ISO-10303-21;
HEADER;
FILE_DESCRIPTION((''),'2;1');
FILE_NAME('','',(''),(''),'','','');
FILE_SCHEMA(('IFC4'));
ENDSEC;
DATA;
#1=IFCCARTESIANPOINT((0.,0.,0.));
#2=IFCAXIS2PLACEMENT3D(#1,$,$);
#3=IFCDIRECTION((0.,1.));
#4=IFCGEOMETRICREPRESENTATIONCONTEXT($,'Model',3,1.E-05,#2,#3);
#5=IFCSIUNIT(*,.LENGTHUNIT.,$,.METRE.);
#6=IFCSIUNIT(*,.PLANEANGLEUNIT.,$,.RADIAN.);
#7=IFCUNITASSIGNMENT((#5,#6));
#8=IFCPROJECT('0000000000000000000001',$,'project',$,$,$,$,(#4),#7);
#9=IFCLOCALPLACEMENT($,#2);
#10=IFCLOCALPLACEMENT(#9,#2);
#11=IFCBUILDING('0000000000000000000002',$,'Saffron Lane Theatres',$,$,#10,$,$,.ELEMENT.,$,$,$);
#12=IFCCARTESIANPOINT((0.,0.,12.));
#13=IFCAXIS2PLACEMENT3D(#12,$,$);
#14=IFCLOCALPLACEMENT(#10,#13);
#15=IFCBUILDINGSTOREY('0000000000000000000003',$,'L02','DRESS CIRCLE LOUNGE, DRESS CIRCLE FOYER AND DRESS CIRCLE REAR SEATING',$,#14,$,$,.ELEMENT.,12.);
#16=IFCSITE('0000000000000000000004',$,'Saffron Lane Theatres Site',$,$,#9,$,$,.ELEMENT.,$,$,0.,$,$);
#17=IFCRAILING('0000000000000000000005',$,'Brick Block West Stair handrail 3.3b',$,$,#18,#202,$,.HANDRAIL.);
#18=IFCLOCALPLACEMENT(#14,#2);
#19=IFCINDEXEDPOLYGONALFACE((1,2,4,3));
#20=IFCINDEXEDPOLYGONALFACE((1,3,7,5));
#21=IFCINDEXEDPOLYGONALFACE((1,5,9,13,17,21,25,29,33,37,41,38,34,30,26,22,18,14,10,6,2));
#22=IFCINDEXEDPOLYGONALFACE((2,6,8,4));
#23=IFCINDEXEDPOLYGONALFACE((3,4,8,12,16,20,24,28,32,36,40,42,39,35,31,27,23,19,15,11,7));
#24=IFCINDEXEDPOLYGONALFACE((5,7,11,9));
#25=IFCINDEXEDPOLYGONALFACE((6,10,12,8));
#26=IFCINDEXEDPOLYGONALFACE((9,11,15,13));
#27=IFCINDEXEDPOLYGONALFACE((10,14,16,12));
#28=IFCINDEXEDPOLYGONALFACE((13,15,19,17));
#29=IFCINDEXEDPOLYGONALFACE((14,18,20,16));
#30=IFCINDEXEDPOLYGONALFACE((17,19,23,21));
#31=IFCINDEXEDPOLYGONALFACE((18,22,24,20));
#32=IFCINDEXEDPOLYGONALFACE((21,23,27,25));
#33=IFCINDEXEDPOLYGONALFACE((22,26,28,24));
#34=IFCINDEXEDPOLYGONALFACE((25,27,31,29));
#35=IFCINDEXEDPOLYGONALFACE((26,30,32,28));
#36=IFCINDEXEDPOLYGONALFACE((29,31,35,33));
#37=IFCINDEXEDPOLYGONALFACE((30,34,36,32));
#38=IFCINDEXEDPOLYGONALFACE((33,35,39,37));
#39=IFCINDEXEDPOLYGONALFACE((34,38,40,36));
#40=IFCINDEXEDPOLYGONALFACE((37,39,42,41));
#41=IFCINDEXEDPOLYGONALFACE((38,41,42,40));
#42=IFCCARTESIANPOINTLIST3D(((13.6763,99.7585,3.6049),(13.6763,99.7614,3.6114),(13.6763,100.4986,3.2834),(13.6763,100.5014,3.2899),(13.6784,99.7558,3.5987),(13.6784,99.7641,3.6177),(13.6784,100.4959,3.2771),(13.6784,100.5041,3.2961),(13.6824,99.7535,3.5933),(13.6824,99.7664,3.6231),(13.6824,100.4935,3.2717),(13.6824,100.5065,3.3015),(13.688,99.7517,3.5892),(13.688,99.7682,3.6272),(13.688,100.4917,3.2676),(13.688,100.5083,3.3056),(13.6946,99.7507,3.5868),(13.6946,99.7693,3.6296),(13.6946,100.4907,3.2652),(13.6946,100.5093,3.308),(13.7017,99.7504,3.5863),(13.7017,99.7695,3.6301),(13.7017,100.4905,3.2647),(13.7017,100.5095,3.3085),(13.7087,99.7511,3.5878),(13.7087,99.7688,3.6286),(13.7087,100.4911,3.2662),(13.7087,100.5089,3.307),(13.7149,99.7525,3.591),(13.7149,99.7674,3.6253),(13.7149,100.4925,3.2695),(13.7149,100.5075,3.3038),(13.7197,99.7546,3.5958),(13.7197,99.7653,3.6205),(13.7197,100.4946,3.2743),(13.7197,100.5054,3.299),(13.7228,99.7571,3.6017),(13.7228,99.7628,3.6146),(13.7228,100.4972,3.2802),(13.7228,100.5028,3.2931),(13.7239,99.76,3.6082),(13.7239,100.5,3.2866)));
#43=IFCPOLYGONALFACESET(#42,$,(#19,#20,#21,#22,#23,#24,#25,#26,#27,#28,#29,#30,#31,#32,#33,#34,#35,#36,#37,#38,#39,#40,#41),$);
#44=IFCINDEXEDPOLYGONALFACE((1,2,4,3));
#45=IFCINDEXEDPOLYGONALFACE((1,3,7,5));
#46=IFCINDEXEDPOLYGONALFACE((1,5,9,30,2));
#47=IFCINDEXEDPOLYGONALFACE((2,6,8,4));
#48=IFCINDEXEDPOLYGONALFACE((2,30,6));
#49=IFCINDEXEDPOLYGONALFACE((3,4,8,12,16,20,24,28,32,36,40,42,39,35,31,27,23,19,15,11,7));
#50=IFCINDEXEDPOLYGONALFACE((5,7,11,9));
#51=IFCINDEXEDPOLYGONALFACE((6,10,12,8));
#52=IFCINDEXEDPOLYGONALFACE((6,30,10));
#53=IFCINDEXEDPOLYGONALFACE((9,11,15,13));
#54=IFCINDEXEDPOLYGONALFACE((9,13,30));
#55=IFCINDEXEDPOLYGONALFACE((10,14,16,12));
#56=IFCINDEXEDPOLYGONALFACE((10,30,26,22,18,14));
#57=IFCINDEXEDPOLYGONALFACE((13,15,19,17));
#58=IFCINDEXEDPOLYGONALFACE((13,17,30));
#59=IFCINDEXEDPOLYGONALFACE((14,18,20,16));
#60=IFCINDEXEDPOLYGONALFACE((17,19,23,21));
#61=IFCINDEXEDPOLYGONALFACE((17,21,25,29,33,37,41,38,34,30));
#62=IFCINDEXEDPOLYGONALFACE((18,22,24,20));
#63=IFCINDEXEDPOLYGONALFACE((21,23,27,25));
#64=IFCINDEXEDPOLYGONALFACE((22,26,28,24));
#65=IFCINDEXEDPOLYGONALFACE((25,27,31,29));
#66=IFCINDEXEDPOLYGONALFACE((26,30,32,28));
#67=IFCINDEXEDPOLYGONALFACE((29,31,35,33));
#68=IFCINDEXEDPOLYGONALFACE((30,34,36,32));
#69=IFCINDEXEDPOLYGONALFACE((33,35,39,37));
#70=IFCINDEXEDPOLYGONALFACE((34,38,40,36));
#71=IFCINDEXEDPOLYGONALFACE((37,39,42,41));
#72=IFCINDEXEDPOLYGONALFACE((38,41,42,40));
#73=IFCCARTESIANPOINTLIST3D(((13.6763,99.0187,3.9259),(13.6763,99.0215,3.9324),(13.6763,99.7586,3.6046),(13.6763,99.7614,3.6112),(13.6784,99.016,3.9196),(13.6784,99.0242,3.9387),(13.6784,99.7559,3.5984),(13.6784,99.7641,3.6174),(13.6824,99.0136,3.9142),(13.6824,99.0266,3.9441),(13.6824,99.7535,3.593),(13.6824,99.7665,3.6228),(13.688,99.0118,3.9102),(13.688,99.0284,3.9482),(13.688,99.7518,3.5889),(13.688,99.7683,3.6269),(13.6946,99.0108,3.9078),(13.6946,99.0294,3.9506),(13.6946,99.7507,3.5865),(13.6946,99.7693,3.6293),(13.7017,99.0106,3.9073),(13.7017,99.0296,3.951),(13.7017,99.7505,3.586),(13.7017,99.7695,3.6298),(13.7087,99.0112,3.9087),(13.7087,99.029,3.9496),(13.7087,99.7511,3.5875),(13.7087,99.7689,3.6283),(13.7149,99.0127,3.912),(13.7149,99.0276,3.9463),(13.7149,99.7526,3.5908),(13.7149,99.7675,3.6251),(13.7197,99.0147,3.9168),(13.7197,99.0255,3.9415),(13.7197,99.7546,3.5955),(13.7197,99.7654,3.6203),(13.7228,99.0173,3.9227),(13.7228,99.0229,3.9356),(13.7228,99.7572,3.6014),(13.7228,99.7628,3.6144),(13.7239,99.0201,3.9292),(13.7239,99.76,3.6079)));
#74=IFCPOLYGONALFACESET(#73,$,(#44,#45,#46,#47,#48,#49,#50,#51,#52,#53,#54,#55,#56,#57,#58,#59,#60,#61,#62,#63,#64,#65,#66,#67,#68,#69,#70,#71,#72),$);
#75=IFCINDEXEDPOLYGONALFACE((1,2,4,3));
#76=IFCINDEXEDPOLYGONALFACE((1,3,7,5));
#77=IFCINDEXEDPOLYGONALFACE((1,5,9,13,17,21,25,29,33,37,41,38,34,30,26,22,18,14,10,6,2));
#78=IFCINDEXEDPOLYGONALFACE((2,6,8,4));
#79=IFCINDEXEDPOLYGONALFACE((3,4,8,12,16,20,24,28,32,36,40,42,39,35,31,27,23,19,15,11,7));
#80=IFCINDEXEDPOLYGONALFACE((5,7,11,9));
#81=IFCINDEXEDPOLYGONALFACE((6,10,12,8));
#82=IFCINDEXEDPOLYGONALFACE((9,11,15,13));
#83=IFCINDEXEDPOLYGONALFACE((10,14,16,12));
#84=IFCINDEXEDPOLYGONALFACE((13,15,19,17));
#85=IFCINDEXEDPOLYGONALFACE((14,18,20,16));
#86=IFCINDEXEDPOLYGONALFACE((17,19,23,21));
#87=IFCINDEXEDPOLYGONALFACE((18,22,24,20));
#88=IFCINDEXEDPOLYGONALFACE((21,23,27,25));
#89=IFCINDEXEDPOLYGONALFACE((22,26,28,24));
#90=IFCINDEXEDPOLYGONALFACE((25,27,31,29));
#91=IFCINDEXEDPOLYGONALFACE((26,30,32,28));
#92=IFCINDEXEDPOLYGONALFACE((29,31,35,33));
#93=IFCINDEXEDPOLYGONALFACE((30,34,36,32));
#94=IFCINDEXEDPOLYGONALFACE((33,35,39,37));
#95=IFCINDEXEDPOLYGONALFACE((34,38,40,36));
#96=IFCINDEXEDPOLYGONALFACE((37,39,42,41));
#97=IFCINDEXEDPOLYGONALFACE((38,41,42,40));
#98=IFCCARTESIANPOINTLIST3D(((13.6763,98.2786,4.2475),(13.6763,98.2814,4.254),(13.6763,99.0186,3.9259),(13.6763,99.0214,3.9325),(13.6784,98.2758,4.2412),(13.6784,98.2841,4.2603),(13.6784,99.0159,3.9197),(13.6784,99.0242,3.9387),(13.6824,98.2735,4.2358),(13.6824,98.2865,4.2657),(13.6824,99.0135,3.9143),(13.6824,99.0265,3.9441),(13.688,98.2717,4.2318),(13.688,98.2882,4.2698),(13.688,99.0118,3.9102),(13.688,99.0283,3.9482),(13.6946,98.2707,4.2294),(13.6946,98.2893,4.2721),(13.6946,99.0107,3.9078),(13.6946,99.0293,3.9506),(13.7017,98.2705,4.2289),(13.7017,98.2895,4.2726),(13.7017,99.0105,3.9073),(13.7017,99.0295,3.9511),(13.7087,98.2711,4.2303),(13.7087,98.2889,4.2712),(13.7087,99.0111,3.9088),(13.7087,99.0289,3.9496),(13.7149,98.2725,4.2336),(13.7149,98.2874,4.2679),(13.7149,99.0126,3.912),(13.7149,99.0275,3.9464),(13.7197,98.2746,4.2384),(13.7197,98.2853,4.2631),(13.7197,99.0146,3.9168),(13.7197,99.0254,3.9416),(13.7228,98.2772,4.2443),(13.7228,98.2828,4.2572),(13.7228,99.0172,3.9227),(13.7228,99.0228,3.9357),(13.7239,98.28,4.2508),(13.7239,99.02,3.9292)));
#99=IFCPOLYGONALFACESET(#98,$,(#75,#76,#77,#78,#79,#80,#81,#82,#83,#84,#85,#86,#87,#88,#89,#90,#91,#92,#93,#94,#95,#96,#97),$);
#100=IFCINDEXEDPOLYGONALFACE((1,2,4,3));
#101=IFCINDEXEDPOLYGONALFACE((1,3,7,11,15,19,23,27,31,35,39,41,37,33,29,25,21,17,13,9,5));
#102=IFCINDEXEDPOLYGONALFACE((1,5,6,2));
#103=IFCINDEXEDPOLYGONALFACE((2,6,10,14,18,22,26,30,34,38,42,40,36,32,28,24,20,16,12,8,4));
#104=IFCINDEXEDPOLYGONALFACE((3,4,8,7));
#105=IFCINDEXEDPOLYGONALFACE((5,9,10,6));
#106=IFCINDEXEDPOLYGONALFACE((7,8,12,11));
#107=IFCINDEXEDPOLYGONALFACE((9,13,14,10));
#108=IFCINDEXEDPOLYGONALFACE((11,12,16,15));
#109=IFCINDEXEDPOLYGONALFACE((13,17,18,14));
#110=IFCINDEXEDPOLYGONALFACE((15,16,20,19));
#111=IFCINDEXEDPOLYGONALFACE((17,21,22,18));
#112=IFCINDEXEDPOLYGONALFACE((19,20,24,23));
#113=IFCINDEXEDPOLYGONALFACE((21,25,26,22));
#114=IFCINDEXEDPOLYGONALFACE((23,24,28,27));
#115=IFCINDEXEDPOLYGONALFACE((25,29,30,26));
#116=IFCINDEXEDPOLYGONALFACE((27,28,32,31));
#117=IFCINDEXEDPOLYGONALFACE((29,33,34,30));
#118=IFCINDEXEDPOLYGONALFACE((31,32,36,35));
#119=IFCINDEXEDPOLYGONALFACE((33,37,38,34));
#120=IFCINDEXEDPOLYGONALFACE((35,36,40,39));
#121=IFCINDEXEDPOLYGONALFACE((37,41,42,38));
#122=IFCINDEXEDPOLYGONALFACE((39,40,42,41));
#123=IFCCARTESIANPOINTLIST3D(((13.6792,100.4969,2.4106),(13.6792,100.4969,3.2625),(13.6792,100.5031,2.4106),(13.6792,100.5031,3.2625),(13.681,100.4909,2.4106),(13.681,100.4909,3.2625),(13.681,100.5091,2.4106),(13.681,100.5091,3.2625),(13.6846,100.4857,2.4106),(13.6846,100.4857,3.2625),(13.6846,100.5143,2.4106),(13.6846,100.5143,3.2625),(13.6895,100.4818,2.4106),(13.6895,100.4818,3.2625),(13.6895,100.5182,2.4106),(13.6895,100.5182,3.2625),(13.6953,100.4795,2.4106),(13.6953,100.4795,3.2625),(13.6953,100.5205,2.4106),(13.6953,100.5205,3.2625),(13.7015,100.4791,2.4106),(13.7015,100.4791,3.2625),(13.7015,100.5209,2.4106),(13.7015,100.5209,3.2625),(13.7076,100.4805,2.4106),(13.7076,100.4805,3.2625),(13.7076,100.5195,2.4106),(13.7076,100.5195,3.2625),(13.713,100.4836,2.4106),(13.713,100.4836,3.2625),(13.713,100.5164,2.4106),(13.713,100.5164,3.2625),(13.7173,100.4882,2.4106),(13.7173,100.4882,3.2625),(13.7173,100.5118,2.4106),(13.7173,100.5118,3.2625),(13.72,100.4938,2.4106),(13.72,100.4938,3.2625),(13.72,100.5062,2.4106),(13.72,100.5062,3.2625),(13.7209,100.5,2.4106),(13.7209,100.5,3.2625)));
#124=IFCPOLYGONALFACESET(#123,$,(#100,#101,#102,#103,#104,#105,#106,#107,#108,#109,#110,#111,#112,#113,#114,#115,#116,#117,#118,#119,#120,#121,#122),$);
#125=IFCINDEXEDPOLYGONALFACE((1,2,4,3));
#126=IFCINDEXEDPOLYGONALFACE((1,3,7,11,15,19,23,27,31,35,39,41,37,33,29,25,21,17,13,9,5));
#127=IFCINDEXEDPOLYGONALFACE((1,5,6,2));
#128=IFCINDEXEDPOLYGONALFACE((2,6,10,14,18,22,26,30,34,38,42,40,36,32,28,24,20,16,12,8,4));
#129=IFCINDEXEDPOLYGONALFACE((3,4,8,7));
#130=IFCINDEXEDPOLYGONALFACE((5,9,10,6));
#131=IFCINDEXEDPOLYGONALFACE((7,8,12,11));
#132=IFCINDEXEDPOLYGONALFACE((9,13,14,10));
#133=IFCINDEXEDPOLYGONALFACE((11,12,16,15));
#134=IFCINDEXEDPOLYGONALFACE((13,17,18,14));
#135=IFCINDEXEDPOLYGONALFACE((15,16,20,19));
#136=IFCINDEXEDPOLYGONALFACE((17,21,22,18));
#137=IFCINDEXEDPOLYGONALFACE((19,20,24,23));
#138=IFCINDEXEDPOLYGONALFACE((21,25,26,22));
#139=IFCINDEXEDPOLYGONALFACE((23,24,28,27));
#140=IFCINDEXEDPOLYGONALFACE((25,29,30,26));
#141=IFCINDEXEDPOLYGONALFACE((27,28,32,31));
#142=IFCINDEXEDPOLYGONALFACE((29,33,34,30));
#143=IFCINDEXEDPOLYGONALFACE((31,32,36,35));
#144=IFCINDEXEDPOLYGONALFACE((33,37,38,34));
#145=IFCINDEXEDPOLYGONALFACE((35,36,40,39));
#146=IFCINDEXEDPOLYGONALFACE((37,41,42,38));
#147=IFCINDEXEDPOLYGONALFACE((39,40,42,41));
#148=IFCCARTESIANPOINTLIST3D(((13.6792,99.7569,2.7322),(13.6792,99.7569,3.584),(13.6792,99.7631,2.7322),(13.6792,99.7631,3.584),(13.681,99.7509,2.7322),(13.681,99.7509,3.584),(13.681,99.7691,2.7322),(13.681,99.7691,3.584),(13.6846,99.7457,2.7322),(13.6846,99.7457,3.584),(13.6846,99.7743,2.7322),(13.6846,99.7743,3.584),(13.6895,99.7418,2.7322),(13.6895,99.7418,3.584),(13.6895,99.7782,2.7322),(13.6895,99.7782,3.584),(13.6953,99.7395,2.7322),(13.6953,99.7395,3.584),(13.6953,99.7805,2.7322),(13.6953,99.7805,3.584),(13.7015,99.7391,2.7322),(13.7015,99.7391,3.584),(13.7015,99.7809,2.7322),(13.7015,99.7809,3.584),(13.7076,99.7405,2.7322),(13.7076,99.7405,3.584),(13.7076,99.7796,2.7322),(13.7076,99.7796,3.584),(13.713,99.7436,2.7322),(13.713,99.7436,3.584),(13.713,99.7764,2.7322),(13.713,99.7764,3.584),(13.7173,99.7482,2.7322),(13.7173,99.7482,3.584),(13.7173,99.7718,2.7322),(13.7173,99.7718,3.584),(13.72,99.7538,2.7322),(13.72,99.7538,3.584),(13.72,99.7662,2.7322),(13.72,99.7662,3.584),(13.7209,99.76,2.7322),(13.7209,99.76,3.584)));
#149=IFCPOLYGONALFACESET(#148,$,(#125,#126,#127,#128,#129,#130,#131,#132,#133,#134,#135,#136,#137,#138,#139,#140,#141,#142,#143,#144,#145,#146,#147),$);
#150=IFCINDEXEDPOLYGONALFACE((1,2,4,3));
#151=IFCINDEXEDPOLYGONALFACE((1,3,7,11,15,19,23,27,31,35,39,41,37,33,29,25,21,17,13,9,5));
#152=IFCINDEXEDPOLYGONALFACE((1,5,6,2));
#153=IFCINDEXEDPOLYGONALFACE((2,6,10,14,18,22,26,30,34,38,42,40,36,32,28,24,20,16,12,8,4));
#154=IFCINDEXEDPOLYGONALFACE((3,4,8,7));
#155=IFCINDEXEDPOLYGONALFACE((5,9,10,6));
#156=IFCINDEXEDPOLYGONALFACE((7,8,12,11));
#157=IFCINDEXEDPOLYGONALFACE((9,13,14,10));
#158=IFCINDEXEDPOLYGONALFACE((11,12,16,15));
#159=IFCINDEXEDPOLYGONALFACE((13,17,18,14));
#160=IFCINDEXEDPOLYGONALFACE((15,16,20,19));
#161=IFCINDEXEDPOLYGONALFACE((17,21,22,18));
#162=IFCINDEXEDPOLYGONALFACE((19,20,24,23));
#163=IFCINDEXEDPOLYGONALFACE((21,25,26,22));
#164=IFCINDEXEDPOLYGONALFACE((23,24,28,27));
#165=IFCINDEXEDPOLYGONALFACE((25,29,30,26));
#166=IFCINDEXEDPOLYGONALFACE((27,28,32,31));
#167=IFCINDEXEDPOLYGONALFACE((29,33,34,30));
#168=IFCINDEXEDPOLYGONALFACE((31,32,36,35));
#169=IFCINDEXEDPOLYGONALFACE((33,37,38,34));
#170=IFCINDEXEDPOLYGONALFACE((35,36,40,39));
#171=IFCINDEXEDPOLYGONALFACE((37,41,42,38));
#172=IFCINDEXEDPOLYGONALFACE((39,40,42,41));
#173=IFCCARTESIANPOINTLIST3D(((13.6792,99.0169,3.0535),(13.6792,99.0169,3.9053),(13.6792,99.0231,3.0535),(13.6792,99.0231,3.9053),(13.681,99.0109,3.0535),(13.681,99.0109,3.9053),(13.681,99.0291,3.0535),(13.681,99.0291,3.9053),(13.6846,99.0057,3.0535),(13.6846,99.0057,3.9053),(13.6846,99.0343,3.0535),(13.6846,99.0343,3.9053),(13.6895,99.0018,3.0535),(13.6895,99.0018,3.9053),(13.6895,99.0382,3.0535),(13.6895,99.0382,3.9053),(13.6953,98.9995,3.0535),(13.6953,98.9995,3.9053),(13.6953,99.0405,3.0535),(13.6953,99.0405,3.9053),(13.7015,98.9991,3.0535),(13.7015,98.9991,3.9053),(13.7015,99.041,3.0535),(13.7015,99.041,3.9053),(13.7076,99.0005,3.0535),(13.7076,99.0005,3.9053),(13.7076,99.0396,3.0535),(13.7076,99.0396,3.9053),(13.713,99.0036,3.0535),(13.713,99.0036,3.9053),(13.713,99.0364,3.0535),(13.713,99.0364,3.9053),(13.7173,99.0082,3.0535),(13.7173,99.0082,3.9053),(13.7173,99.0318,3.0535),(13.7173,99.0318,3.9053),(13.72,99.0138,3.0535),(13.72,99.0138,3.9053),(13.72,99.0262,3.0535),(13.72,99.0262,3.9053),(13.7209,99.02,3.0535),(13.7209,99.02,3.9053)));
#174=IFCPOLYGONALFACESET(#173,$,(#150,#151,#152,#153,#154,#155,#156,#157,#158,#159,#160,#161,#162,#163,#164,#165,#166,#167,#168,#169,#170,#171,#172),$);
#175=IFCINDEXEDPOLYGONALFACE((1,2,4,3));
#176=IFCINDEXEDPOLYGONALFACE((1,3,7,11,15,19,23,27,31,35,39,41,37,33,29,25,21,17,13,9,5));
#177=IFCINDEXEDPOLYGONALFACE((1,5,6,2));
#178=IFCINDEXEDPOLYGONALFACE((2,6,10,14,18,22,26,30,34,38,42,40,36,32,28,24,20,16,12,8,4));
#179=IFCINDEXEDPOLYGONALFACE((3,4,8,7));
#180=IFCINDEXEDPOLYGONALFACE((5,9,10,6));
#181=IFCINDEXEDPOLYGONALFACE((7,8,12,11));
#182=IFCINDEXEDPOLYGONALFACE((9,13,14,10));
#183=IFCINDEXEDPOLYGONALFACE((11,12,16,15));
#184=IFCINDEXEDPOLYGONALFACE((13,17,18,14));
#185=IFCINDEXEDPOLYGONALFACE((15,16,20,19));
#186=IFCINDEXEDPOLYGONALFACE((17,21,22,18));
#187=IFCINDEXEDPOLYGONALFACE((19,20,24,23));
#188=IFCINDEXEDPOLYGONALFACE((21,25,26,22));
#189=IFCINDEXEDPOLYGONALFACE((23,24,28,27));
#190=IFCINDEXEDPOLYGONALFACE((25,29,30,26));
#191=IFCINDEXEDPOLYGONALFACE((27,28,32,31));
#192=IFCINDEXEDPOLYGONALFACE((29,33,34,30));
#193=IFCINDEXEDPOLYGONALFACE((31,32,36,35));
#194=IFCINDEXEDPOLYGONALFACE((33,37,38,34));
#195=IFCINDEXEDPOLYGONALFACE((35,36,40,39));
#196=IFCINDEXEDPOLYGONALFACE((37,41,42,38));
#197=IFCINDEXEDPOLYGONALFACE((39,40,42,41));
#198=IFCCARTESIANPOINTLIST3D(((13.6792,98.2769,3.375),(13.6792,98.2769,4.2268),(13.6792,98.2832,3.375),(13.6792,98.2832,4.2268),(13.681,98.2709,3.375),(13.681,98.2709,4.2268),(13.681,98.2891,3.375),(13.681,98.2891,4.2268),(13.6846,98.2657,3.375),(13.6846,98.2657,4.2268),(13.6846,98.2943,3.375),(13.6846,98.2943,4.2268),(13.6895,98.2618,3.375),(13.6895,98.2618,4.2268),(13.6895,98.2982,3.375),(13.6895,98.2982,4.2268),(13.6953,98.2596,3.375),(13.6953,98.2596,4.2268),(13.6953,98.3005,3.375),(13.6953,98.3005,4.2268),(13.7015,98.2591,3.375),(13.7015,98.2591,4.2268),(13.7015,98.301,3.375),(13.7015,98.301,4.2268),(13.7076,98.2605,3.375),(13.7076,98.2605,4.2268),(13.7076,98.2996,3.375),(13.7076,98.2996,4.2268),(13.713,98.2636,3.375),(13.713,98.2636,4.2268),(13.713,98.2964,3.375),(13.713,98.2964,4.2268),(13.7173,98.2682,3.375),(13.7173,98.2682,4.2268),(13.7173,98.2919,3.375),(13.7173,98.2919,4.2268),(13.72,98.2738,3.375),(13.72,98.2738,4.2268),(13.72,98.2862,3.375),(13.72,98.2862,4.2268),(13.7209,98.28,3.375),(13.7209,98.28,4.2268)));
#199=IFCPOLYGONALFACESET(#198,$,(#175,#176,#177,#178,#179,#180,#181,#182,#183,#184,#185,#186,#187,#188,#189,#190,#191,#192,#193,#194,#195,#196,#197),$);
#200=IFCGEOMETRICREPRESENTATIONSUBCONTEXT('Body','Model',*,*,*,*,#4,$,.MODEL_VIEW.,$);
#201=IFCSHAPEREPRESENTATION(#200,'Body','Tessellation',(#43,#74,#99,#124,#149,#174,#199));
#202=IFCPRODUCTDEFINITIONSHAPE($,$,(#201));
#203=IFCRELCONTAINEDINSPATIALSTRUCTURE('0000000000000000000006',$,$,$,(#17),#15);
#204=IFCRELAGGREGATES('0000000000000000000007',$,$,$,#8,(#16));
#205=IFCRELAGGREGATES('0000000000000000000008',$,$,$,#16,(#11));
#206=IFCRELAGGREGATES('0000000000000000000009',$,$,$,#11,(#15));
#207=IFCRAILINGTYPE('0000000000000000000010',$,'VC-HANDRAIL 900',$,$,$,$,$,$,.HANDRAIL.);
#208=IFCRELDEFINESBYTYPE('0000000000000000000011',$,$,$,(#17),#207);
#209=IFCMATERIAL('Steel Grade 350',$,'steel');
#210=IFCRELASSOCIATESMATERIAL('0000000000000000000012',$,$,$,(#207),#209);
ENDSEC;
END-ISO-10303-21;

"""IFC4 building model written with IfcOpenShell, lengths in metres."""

from ifc_helpers import new_model, si_unit, direction, frame, origin, origin_2d, place, context, subcontext, project, spatial, circle, extrude, material, type_object, element, save


model = new_model("IFC4")

# Units and contexts
model_context = context("Model", 3, precision=1e-05, world=origin(), true_north=direction((0.0, 1.0)))
body_context = subcontext(model_context, "Body", "Model", "MODEL_VIEW")
ifc_project = project(units=[si_unit("LENGTHUNIT", "METRE"), si_unit("PLANEANGLEUNIT", "RADIAN")], contexts=[model_context])

# Site, building, storey
site_placement = place(None, origin())
site = spatial("IfcSite", under=ifc_project, at=site_placement, Name="Saffron Lane Theatres Site", CompositionType="ELEMENT", RefElevation=0.0)
building_placement = place(site_placement, origin())
building = spatial("IfcBuilding", under=site, at=building_placement, Name="Saffron Lane Theatres", CompositionType="ELEMENT")
storey_placement = place(building_placement, frame((0.0, 0.0, 12.0)))
storey = spatial("IfcBuildingStorey", under=building, at=storey_placement, Name="L02", Description="DRESS CIRCLE LOUNGE, DRESS CIRCLE FOYER AND DRESS CIRCLE REAR SEATING", CompositionType="ELEMENT", Elevation=12.0)

# Railing
ifc_material_1 = material(Name="Steel Grade 350", Category="steel")
railing_type_1 = type_object("IfcRailingType", Name="VC-HANDRAIL 900", PredefinedType="HANDRAIL", material=ifc_material_1)
for number, where, name in (
    (1, (13.7, 100.5, 2.4106), "Brick Block West Stair handrail 3.3b"),
):
    element("IfcRailing", number, at=place(storey_placement, frame(where)), inside=storey, type_object=railing_type_1, Name=name, PredefinedType="HANDRAIL", context=body_context, shape_type="SweptSolid", body=[
        extrude(circle(Radius=0.0239, at=origin_2d()), frame((0.0, 0.0, 0.876), z_axis=(0.0, -0.917161, 0.398516), x_axis=(1.0, 0.0, 0.0)), (0.0, 0.0, 1.0), 0.8069),
        extrude(circle(Radius=0.0239, at=origin_2d()), frame((0.0, -0.74, 1.1973), z_axis=(0.0, -0.917272, 0.398261), x_axis=(1.0, 0.0, 0.0)), (0.0, 0.0, 1.0), 0.8066),
        extrude(circle(Radius=0.0239, at=origin_2d()), frame((0.0, -1.48, 1.5186), z_axis=(0.0, -0.917161, 0.398516), x_axis=(1.0, 0.0, 0.0)), (0.0, 0.0, 1.0), 0.8069),
        extrude(circle(Radius=0.021, at=origin_2d()), origin(), (0.0, 0.0, 1.0), 0.8518),
        extrude(circle(Radius=0.021, at=origin_2d()), frame((0.0, -0.74, 0.3215)), (0.0, 0.0, 1.0), 0.8518),
        extrude(circle(Radius=0.021, at=origin_2d()), frame((0.0, -1.48, 0.6428)), (0.0, 0.0, 1.0), 0.8518),
        extrude(circle(Radius=0.021, at=origin_2d()), frame((0.0, -2.22, 0.9644)), (0.0, 0.0, 1.0), 0.8518),
    ])

save(model, "model.ifc")
